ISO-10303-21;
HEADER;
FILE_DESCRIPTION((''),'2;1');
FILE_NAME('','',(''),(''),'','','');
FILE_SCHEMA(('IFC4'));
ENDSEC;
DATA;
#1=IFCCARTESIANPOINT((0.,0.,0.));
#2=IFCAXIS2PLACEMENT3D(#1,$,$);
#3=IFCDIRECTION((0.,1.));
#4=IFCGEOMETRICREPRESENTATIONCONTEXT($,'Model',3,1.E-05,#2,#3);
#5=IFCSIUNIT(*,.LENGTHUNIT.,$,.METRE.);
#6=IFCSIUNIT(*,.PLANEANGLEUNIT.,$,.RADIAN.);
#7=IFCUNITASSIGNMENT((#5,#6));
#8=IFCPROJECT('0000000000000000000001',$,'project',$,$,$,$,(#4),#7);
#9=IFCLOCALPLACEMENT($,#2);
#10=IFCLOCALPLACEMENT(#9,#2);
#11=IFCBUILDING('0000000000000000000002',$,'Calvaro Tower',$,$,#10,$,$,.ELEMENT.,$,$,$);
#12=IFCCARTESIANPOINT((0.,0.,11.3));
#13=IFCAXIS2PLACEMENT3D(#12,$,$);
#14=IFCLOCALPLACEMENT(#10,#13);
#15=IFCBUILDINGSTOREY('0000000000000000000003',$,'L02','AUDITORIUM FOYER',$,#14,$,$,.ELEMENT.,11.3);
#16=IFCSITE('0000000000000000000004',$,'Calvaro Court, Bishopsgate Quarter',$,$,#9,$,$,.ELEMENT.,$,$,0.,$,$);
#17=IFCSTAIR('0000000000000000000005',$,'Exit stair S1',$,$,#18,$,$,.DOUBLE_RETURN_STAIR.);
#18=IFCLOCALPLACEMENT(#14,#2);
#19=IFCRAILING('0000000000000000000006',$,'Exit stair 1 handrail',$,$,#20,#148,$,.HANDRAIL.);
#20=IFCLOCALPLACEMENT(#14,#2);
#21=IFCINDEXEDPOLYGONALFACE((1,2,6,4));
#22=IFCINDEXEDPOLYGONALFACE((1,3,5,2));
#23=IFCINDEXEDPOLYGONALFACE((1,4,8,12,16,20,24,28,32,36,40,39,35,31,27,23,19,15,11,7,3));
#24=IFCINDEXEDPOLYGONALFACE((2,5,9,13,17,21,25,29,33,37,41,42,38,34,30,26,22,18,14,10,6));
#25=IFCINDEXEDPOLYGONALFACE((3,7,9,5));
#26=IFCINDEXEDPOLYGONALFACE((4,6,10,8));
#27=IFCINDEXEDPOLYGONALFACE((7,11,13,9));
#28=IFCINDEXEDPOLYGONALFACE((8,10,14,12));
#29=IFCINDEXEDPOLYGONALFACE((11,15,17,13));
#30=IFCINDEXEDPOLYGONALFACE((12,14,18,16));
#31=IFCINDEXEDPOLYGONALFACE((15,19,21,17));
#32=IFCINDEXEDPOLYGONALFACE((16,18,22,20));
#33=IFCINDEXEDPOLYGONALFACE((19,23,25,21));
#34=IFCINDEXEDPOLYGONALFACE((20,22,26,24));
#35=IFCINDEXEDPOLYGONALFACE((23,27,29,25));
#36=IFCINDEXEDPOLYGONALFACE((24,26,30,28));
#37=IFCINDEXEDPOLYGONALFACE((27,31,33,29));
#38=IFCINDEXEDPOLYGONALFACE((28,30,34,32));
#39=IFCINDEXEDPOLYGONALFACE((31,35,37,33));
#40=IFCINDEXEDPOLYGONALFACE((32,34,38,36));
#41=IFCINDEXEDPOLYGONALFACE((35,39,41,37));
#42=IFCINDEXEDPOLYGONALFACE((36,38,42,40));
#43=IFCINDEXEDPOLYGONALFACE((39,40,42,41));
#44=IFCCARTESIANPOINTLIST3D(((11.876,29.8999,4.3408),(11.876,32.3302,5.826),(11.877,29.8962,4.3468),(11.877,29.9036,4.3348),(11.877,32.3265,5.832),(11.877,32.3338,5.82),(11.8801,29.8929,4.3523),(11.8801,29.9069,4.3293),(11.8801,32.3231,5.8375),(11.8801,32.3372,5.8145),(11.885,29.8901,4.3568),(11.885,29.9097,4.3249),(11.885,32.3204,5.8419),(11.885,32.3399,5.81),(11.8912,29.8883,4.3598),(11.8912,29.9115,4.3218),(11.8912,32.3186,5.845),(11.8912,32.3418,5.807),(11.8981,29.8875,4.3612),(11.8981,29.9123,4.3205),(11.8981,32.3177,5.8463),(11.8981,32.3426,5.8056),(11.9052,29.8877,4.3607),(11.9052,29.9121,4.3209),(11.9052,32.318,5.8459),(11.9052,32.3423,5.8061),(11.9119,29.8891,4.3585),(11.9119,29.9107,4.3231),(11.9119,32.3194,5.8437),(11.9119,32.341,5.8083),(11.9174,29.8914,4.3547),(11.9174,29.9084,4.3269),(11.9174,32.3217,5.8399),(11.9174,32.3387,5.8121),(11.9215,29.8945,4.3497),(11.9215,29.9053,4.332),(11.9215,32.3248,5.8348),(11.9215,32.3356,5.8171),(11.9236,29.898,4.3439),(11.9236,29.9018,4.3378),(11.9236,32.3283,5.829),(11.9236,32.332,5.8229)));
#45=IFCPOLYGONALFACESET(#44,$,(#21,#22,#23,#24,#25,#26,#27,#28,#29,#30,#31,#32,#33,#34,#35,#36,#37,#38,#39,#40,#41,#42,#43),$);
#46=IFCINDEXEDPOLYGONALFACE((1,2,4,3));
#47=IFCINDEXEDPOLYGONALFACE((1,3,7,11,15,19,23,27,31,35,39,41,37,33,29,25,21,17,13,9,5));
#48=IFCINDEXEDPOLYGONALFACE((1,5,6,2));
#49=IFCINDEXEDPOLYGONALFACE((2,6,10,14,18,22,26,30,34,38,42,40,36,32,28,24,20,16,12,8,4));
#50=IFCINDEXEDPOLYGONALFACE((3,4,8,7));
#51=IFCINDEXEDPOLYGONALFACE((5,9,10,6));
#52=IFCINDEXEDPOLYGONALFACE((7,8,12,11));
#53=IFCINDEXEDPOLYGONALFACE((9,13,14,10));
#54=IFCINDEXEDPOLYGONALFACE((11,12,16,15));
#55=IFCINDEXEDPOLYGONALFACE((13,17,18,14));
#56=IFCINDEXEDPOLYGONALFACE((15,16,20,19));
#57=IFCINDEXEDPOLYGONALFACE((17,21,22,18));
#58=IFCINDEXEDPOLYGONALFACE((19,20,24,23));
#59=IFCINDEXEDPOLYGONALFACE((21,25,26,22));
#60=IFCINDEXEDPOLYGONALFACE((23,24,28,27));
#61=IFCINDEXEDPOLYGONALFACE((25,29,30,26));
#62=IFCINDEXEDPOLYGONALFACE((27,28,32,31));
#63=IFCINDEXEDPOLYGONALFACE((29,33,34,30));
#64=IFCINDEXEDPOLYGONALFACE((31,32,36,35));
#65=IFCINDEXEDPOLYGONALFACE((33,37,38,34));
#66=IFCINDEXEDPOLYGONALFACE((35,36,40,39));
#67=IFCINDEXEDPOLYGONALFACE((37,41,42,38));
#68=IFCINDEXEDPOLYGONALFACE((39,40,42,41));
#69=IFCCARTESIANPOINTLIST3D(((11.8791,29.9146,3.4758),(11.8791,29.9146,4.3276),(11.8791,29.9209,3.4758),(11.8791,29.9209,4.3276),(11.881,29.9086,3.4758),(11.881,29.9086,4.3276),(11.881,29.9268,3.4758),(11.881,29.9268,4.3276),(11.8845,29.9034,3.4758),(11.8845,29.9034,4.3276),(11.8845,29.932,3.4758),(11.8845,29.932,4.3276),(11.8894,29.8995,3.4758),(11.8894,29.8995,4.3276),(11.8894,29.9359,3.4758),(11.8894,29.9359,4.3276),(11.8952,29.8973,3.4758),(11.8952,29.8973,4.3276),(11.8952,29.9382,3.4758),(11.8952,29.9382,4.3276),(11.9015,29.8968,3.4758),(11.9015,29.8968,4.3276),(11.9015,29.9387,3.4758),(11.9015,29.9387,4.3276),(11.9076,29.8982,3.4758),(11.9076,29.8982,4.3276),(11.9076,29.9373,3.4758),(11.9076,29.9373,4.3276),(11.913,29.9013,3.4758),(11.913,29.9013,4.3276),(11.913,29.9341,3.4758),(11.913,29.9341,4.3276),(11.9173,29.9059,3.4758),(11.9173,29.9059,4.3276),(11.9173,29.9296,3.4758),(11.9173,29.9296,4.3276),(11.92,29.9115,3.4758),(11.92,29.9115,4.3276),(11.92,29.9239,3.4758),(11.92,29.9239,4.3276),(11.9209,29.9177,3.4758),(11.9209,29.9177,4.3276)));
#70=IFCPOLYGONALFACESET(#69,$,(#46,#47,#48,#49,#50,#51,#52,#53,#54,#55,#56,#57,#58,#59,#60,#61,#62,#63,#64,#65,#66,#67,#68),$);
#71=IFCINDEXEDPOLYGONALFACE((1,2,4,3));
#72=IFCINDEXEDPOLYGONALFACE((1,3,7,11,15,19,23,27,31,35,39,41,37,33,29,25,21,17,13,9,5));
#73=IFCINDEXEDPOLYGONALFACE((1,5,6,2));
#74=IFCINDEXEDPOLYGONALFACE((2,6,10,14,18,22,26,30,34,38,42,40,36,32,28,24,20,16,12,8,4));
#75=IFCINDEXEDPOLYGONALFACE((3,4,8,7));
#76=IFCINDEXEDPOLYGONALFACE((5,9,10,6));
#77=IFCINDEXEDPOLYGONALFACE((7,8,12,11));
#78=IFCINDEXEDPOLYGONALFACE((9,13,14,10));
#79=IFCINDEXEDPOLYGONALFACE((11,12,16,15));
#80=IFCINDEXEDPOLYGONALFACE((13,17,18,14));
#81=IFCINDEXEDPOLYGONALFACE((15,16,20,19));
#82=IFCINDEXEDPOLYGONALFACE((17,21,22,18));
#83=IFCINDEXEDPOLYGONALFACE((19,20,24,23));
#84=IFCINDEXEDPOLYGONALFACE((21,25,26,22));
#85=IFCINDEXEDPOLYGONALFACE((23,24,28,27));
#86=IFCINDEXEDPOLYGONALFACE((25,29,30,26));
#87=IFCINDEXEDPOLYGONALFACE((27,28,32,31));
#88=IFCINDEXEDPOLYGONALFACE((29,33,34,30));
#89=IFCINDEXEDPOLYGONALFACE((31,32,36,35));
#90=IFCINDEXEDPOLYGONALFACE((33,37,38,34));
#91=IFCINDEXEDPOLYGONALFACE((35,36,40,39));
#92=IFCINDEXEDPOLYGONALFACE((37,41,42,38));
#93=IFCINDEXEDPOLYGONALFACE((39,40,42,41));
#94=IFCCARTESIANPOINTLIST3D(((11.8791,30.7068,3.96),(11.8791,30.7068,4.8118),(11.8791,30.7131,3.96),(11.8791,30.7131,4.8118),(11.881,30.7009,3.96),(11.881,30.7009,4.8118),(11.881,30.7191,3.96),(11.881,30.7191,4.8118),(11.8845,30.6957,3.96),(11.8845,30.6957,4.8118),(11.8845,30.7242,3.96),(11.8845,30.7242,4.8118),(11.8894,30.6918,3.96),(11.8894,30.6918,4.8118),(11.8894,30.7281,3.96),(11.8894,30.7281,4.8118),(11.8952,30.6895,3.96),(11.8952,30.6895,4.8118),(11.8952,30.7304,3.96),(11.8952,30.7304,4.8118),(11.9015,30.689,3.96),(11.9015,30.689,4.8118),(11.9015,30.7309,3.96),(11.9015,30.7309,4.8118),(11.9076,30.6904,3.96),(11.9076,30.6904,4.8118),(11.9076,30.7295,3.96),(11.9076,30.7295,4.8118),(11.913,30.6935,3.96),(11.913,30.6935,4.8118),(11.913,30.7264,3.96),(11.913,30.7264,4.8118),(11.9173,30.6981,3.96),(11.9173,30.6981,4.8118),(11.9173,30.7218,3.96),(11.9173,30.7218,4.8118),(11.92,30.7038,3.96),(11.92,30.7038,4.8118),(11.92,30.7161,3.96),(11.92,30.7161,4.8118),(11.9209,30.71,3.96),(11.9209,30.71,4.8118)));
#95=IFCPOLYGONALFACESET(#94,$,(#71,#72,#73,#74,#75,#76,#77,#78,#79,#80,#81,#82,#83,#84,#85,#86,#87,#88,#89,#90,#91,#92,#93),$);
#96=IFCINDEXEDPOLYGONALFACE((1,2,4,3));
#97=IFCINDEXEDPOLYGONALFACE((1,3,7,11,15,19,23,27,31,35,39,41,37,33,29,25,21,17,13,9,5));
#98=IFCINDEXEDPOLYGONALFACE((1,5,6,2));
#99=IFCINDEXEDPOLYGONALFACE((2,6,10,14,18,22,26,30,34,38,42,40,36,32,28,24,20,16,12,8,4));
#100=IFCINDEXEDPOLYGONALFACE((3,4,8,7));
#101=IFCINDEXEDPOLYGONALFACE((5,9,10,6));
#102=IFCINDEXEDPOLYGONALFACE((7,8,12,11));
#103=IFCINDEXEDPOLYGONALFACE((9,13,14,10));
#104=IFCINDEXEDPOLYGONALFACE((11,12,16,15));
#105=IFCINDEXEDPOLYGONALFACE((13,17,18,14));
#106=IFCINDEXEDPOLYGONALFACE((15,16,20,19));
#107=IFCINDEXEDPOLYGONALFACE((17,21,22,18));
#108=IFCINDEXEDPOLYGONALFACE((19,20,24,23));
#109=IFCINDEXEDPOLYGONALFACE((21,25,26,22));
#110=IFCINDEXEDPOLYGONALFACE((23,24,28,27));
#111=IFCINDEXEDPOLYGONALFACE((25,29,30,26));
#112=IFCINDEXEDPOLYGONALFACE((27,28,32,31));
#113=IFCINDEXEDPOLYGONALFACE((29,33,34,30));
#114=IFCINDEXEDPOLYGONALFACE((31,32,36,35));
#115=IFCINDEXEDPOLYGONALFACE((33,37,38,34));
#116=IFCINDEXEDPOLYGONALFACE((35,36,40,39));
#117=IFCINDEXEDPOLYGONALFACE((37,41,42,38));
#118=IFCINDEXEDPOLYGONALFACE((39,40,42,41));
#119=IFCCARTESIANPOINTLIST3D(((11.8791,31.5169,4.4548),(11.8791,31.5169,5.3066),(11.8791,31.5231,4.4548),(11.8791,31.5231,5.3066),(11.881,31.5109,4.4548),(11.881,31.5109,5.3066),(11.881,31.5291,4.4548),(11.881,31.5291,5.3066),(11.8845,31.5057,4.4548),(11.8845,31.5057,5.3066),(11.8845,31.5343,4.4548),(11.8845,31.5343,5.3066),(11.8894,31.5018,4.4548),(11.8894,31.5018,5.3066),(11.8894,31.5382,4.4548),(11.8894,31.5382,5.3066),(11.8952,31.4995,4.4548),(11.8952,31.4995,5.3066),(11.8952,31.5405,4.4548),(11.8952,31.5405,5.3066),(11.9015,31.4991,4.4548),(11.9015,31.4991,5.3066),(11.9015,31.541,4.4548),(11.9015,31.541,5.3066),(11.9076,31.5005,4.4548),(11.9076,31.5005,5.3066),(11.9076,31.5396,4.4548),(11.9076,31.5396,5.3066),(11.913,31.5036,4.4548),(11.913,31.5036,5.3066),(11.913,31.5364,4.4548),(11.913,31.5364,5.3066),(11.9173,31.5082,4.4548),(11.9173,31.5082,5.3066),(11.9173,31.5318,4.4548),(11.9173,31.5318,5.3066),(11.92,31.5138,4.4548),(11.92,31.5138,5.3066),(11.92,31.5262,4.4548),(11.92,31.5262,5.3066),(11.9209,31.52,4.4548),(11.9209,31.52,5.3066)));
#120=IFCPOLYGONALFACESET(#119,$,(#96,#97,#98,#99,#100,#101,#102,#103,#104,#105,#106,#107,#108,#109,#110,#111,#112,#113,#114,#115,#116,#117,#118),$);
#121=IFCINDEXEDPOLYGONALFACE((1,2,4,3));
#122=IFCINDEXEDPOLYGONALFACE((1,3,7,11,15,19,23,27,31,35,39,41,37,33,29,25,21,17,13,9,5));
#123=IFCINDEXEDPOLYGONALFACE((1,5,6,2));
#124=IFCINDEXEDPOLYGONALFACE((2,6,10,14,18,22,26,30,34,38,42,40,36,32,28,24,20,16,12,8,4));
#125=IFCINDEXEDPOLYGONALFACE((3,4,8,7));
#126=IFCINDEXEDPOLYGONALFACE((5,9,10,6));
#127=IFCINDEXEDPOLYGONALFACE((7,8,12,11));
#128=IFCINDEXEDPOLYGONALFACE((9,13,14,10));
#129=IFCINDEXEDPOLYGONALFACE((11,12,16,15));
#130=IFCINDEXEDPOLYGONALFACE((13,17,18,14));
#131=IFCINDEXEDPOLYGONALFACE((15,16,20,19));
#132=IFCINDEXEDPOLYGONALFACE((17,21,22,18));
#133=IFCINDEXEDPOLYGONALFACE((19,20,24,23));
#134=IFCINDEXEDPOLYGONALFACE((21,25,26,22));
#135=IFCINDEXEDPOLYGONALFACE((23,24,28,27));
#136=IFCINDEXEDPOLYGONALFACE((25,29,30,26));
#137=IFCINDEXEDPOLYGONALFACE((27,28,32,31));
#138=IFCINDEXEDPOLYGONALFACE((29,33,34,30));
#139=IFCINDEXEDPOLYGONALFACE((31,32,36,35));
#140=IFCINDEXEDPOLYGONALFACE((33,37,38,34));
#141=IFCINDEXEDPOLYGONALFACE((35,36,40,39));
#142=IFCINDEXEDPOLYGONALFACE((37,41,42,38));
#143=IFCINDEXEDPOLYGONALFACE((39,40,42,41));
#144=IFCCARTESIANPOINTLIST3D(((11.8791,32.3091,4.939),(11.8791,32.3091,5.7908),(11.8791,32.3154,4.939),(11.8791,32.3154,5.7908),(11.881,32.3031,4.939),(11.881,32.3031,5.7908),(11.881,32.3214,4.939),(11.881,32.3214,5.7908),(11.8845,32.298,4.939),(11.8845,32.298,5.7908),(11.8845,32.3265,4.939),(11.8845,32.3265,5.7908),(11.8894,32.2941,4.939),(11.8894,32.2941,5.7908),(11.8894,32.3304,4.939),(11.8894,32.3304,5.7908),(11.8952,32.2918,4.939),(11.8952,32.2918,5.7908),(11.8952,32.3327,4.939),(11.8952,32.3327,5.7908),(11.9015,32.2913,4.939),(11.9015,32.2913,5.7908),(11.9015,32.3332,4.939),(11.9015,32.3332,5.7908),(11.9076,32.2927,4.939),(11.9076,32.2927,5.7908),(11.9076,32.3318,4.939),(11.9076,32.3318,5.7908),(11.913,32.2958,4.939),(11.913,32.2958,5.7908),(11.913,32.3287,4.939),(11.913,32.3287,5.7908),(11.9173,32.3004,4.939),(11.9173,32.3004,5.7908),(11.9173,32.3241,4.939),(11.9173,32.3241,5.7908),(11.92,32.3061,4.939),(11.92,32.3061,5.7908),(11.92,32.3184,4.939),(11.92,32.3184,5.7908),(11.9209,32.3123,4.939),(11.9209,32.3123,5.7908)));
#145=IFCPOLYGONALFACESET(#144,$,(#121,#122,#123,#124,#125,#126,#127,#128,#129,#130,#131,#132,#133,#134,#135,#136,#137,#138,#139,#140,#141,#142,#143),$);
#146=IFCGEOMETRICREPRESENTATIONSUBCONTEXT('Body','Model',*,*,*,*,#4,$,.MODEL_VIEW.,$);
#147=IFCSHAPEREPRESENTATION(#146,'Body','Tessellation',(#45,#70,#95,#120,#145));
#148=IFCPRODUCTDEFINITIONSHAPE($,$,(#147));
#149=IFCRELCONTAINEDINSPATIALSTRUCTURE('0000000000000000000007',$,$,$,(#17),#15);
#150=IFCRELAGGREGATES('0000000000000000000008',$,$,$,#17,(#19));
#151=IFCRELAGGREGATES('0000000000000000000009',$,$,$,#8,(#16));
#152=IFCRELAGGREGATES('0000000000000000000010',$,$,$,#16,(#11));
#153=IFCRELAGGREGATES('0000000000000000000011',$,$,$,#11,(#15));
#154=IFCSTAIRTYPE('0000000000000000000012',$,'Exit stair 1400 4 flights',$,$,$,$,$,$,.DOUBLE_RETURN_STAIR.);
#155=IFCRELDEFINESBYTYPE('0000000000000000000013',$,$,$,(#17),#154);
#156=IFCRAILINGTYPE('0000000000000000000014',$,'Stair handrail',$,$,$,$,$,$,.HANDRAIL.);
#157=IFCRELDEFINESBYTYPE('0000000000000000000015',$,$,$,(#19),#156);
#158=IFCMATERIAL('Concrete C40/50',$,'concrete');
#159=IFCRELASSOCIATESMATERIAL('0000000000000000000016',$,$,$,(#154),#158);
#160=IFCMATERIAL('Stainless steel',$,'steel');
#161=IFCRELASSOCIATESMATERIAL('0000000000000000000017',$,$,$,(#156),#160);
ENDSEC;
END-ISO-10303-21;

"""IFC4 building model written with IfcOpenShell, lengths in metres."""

from ifc_helpers import new_model, si_unit, direction, frame, origin, origin_2d, place, context, subcontext, project, spatial, circle, extrude, material, type_object, element, aggregate, save


model = new_model("IFC4")

# Units and contexts
model_context = context("Model", 3, precision=1e-05, world=origin(), true_north=direction((0.0, 1.0)))
body_context = subcontext(model_context, "Body", "Model", "MODEL_VIEW")
ifc_project = project(units=[si_unit("LENGTHUNIT", "METRE"), si_unit("PLANEANGLEUNIT", "RADIAN")], contexts=[model_context])

# Site, building, storey
site_placement = place(None, origin())
site = spatial("IfcSite", under=ifc_project, at=site_placement, Name="Calvaro Court, Bishopsgate Quarter", CompositionType="ELEMENT", RefElevation=0.0)
building_placement = place(site_placement, origin())
building = spatial("IfcBuilding", under=site, at=building_placement, Name="Calvaro Tower", CompositionType="ELEMENT")
storey_placement = place(building_placement, frame((0.0, 0.0, 11.3)))
storey = spatial("IfcBuildingStorey", under=building, at=storey_placement, Name="L02", Description="AUDITORIUM FOYER", CompositionType="ELEMENT", Elevation=11.3)

# Stair
ifc_material_1 = material(Name="Concrete C40/50", Category="concrete")
stair_type = type_object("IfcStairType", Name="Exit stair 1400 4 flights", PredefinedType="DOUBLE_RETURN_STAIR", material=ifc_material_1)
stair_1_placement = place(storey_placement, origin())
stair_1 = element("IfcStair", 1, at=stair_1_placement, inside=storey, type_object=stair_type, Name="Exit stair S1", PredefinedType="DOUBLE_RETURN_STAIR")

# Railing
ifc_material_2 = material(Name="Stainless steel", Category="steel")
railing_type = type_object("IfcRailingType", Name="Stair handrail", PredefinedType="HANDRAIL", material=ifc_material_2)
railing_1_placement = place(storey_placement, frame((11.8999, 29.8999, 3.4648)))
railing_1 = element("IfcRailing", 2, at=railing_1_placement, type_object=railing_type, Name="Exit stair 1 handrail", PredefinedType="HANDRAIL", context=body_context, shape_type="SweptSolid", body=[
    extrude(circle(Radius=0.0239, at=origin_2d()), frame((0.0, 0.0, 0.876), z_axis=(0.0, 0.853282, 0.52145), x_axis=(-1.0, 0.0, 0.0)), (0.0, 0.0, 1.0), 2.8481),
    extrude(circle(Radius=0.021, at=origin_2d()), frame((0.0, 0.0178, 0.011)), (0.0, 0.0, 1.0), 0.8518),
    extrude(circle(Radius=0.021, at=origin_2d()), frame((0.0, 0.8101, 0.4951)), (0.0, 0.0, 1.0), 0.8518),
    extrude(circle(Radius=0.021, at=origin_2d()), frame((0.0, 1.6201, 0.99)), (0.0, 0.0, 1.0), 0.8518),
    extrude(circle(Radius=0.021, at=origin_2d()), frame((0.0, 2.4124, 1.4741)), (0.0, 0.0, 1.0), 0.8518),
])
aggregate(stair_1, [railing_1])

save(model, "model.ifc")
